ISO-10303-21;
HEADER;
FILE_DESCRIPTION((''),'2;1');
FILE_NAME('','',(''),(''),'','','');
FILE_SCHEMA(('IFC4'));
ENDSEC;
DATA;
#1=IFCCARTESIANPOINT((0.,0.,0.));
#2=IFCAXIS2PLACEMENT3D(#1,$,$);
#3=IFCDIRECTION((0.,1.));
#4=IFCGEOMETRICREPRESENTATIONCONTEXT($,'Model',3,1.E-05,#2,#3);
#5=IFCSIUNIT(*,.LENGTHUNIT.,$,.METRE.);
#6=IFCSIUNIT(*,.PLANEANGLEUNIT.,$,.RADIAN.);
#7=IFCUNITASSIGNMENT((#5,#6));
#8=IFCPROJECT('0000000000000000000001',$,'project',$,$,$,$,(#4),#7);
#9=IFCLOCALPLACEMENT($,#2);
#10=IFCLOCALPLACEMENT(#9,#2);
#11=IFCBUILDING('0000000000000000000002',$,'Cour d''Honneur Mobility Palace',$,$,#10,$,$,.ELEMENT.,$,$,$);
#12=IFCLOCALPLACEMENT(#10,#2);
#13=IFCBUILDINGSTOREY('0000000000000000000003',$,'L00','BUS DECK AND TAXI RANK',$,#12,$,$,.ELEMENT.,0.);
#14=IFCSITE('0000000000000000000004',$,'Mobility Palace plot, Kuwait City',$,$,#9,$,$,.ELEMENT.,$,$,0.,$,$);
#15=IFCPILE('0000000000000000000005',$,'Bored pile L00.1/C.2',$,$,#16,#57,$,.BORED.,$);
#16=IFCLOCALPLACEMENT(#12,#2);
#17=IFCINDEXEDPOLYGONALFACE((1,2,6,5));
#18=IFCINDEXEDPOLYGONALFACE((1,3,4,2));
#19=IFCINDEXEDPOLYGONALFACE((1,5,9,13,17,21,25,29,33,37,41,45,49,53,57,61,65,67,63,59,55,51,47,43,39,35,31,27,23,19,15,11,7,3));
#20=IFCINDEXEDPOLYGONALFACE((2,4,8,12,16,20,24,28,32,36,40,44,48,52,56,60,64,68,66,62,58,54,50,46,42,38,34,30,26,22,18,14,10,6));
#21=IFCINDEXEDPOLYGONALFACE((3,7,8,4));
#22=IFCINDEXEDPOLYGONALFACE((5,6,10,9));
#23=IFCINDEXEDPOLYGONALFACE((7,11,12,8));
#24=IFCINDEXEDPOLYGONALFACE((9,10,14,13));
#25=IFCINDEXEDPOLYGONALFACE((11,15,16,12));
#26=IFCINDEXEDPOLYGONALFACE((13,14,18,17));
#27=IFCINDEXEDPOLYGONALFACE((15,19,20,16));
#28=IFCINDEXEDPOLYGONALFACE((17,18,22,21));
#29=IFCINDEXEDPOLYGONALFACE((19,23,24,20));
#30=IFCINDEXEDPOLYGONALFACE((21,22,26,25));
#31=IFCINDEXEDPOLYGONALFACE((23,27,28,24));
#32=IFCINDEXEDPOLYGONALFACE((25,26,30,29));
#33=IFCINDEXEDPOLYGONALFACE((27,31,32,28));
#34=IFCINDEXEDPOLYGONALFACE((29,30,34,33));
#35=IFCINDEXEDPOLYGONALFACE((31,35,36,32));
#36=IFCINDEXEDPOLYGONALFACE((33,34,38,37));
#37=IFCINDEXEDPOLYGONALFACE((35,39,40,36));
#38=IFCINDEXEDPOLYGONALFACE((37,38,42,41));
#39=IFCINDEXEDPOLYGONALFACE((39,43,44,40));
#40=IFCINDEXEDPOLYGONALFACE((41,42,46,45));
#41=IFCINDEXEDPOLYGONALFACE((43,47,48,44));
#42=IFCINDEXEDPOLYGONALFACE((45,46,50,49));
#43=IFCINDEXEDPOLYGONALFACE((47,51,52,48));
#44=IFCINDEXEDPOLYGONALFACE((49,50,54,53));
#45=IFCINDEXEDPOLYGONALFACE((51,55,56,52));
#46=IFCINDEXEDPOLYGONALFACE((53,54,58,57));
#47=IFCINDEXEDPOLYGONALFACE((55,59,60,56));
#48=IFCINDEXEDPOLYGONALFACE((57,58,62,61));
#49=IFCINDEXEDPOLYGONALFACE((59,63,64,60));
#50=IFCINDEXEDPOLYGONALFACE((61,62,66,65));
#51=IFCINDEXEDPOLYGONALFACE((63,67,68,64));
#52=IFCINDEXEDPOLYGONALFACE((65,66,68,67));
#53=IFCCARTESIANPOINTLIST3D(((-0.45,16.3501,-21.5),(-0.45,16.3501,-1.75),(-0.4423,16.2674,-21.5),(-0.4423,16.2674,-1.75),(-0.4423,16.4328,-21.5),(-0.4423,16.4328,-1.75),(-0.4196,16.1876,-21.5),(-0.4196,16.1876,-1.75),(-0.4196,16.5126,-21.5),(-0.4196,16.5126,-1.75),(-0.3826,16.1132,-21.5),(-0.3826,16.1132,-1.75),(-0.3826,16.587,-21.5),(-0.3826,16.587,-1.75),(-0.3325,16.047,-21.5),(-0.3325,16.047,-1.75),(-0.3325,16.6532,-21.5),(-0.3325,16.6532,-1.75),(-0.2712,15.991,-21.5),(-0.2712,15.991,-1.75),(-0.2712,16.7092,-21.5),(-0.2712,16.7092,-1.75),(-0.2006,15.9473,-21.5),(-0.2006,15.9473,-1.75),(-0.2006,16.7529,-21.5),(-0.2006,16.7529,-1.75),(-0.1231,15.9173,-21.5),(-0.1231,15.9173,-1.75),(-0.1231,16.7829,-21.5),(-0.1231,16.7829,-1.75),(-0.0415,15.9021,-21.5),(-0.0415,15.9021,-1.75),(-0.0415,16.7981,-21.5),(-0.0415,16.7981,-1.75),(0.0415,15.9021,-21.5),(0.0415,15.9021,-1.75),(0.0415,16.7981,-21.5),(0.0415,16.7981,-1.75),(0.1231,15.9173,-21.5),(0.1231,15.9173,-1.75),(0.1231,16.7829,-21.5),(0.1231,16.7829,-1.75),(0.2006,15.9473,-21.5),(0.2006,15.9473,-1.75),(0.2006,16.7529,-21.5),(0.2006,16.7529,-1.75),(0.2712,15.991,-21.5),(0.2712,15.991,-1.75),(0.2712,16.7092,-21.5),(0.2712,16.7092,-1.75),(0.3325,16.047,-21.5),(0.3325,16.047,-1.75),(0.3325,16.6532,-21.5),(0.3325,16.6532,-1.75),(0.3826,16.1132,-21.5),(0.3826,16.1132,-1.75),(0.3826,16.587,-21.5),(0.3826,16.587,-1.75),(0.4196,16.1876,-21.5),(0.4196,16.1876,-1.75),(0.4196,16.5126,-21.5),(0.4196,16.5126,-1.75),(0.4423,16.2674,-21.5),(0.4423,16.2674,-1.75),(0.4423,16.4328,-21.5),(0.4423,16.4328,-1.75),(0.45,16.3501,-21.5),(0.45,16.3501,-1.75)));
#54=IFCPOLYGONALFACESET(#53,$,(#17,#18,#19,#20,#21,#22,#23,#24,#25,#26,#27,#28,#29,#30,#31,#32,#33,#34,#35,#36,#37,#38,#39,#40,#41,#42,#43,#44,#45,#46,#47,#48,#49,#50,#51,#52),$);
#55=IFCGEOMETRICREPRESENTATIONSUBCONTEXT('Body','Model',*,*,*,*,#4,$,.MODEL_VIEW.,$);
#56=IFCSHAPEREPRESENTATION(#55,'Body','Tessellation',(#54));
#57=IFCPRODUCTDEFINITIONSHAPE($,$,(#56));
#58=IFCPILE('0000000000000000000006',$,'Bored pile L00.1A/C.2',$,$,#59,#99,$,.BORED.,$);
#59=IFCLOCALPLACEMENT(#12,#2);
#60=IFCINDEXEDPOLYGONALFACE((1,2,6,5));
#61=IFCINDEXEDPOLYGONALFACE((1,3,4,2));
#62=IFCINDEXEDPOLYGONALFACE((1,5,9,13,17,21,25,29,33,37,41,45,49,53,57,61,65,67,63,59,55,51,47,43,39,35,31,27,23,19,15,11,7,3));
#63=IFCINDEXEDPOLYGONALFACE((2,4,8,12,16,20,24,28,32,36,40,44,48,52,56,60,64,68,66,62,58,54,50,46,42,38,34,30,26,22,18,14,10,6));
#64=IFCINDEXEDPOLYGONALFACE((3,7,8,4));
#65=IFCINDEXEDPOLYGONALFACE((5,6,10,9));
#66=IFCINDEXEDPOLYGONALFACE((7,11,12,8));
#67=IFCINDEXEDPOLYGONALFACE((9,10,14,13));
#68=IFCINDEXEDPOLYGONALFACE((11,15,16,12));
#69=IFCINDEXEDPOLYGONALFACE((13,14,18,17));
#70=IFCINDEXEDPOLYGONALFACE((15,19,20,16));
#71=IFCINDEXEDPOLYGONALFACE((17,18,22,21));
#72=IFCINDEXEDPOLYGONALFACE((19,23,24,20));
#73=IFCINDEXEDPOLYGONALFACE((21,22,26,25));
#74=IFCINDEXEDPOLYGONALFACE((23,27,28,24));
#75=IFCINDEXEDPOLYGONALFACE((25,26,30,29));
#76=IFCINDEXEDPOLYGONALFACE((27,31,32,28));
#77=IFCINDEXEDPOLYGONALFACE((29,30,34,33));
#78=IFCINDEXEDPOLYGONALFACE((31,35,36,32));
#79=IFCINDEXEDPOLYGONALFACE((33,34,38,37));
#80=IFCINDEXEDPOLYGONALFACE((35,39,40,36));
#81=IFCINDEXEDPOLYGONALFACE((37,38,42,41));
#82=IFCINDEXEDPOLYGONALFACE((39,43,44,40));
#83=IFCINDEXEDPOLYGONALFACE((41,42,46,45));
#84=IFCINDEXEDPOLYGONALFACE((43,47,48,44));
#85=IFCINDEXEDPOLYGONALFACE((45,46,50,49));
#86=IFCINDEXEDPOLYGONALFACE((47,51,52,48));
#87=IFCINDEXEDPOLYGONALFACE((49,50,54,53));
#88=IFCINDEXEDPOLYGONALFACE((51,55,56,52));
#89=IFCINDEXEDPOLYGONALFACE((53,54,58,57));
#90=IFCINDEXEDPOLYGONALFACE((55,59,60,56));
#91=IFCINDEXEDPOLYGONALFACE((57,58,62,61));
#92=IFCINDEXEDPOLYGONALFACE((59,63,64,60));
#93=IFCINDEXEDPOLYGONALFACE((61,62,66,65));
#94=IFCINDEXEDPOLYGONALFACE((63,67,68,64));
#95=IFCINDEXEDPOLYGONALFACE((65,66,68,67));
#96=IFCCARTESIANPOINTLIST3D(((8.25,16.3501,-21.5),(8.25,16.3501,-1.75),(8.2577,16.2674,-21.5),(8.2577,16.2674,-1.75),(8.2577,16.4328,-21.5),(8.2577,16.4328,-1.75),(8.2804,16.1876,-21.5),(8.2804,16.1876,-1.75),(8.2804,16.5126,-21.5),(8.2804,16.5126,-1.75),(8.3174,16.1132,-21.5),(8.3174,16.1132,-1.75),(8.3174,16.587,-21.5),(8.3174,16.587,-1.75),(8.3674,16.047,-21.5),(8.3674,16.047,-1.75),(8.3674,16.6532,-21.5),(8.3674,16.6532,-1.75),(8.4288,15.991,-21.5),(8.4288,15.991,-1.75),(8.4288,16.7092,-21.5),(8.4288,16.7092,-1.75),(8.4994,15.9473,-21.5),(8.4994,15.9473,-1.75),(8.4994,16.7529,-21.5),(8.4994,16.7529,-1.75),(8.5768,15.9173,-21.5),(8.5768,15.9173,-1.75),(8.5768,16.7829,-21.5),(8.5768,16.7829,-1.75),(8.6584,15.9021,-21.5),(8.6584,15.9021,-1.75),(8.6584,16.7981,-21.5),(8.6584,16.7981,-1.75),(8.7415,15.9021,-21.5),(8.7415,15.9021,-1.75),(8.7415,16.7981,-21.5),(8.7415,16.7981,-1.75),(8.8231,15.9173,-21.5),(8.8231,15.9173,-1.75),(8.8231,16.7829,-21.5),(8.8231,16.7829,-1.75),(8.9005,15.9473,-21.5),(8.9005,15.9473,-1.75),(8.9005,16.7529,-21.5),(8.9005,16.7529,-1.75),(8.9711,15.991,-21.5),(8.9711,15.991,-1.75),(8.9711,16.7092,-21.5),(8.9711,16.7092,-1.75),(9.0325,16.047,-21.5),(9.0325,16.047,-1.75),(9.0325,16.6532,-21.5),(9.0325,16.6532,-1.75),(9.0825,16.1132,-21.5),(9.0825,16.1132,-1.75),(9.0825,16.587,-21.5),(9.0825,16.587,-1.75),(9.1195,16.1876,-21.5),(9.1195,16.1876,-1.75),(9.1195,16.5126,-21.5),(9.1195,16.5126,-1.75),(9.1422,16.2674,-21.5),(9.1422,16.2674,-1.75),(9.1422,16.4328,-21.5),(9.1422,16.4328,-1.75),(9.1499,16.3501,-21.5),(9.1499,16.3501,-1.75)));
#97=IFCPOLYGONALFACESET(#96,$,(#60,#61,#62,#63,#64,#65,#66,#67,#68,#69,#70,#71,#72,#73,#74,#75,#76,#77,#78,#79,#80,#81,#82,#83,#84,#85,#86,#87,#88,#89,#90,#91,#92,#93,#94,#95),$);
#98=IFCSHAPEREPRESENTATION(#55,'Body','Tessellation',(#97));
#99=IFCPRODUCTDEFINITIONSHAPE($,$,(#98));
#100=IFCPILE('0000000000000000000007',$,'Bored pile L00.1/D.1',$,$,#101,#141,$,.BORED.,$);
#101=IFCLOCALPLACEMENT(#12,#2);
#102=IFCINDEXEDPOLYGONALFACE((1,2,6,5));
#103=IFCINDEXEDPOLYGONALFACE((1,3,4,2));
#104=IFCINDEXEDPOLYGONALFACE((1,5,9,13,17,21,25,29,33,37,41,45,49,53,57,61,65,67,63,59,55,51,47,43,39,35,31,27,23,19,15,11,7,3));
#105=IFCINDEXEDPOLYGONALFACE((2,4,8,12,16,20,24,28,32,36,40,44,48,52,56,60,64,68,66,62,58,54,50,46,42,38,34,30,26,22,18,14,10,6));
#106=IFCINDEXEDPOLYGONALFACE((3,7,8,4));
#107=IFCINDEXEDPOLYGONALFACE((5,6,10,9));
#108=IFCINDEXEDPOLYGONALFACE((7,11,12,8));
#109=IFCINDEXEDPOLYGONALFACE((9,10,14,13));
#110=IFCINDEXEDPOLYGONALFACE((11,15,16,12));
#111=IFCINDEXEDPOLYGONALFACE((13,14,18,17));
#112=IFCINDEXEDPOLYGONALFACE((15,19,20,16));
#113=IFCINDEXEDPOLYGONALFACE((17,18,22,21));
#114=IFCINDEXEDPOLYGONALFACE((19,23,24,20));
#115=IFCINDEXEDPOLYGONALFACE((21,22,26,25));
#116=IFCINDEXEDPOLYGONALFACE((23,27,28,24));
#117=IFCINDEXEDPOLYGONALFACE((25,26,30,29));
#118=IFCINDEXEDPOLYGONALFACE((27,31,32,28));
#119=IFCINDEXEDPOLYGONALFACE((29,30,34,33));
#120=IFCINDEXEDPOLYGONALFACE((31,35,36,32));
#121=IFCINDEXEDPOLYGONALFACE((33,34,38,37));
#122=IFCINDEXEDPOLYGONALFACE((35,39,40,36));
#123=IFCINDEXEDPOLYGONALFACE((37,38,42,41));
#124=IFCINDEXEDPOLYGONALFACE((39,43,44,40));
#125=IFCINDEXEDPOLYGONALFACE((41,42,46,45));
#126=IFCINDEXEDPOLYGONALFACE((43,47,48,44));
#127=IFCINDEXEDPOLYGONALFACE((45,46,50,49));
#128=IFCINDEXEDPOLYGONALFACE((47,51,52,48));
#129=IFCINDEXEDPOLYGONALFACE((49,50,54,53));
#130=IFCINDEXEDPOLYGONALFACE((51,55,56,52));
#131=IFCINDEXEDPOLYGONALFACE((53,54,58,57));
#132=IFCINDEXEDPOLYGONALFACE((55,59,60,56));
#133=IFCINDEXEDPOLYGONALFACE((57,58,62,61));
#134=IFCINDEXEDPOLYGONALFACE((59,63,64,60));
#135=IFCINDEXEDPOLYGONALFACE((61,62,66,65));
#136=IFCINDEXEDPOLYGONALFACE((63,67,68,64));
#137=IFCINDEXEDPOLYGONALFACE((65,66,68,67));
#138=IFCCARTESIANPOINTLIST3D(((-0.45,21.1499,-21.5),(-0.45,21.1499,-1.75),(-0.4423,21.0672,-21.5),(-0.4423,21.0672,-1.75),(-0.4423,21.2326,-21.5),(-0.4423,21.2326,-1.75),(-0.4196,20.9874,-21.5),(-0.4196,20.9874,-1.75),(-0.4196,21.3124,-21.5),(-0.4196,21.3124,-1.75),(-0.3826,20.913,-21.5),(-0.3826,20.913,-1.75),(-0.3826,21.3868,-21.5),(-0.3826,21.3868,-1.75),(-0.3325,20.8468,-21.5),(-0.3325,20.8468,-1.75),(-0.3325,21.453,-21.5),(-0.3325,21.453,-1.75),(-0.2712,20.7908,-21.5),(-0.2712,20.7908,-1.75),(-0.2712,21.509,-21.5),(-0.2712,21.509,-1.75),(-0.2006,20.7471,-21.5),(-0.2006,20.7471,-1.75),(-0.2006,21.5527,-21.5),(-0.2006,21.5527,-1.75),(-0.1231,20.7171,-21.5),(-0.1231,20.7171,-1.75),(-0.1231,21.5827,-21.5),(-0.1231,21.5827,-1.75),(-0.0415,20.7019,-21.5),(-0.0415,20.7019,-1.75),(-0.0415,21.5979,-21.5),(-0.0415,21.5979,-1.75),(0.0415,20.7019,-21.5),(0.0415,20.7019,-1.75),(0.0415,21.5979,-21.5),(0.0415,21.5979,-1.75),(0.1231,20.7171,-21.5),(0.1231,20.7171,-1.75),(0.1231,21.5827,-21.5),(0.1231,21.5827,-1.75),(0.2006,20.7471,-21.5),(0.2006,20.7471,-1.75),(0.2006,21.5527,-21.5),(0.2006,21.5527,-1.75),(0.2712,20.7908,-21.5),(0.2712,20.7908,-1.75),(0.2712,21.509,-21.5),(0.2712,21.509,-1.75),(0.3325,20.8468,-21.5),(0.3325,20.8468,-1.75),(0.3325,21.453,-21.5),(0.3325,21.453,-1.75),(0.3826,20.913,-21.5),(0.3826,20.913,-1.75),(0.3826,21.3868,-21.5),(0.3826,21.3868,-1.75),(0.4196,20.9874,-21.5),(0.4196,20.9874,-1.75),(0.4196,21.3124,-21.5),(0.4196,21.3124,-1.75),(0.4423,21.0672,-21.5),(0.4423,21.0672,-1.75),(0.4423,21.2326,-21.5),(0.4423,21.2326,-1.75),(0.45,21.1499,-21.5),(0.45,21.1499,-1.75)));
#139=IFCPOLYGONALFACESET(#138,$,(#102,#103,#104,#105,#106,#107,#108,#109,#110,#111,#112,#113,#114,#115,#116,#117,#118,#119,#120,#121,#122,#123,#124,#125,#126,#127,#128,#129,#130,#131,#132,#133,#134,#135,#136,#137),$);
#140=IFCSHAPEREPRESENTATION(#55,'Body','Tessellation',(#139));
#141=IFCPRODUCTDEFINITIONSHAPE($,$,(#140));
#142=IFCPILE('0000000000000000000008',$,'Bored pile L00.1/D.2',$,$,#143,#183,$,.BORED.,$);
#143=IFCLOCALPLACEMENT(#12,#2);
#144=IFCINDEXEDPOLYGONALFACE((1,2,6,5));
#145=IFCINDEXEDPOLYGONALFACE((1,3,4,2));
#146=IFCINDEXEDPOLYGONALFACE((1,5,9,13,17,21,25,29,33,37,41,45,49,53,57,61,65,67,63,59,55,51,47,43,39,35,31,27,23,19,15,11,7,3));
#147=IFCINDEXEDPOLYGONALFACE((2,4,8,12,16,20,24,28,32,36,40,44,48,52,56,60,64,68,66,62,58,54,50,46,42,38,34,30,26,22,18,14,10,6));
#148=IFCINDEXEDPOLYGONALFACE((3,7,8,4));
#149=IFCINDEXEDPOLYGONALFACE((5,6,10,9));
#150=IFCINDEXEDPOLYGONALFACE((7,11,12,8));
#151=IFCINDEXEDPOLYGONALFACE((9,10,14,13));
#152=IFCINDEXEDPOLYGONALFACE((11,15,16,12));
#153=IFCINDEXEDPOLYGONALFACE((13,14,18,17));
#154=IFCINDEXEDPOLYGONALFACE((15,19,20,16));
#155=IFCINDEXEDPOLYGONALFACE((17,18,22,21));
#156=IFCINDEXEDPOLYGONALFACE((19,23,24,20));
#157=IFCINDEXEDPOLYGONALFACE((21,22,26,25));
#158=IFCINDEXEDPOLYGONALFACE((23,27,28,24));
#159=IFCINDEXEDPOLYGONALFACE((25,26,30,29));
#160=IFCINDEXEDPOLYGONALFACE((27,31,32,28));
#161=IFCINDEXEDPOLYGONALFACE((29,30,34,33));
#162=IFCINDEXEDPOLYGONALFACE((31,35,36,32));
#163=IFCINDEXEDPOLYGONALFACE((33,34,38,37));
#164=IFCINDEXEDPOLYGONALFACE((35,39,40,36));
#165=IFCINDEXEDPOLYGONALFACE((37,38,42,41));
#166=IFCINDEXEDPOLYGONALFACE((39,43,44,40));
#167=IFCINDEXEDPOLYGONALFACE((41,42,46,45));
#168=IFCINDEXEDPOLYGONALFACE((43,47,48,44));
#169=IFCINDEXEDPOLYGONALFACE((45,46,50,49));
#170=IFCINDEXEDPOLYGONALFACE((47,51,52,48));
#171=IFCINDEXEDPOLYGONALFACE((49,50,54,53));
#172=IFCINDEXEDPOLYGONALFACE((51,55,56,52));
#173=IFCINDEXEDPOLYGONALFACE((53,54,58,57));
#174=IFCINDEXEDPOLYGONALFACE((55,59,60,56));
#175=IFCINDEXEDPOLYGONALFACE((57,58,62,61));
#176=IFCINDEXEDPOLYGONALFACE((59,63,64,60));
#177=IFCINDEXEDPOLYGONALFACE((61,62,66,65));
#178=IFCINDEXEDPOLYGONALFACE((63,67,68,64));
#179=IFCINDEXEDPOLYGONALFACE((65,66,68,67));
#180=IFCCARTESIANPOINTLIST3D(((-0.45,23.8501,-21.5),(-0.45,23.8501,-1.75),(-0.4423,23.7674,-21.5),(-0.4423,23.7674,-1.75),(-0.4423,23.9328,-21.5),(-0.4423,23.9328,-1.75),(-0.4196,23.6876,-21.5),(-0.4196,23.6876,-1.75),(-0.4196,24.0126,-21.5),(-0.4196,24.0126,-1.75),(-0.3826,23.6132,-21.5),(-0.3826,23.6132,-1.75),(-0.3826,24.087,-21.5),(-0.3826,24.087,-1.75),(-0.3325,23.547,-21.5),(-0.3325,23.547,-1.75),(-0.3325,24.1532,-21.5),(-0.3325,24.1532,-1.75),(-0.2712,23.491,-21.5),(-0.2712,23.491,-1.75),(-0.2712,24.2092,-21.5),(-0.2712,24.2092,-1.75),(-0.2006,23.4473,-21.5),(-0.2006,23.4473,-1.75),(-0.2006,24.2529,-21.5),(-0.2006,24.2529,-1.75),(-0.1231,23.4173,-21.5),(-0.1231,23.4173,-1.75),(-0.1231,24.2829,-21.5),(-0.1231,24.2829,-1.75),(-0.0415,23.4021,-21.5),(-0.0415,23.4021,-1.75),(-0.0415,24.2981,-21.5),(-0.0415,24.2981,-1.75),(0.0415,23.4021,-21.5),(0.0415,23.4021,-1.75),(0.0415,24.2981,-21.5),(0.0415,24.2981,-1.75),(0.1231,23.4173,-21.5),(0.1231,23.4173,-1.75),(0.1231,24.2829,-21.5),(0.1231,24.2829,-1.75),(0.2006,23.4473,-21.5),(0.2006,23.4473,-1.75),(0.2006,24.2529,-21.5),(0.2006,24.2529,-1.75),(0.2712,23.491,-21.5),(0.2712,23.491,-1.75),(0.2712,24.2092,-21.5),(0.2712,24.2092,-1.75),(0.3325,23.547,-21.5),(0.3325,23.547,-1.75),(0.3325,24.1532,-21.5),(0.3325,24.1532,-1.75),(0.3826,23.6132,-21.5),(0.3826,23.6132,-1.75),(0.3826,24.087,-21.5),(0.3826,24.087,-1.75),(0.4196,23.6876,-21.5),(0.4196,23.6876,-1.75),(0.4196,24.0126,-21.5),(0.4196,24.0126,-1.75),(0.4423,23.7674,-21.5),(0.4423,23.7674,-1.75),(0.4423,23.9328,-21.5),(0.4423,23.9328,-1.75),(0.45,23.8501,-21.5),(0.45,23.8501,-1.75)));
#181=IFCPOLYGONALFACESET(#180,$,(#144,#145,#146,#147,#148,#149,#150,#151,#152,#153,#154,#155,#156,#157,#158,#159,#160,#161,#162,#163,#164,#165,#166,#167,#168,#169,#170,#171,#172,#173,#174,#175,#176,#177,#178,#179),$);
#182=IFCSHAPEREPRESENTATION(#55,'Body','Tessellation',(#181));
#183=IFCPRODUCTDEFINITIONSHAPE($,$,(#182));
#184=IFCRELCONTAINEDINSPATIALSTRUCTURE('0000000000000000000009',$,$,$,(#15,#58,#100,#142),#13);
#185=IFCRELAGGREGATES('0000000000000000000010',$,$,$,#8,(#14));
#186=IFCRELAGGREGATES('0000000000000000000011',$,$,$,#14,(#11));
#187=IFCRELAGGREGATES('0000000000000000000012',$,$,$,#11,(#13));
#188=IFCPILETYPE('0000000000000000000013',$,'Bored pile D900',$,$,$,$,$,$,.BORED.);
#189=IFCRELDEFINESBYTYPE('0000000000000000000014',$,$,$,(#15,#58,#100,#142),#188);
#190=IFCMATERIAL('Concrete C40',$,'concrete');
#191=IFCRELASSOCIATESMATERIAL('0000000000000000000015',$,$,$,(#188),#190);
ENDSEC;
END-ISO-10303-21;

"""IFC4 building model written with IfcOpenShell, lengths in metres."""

from ifc_helpers import new_model, si_unit, direction, frame, origin, origin_2d, place, context, subcontext, project, spatial, circle, extrude, material, material_profile, profile_set, type_object, element, save


model = new_model("IFC4")

# Units and contexts
model_context = context("Model", 3, precision=1e-05, world=origin(), true_north=direction((0.0, 1.0)))
body_context = subcontext(model_context, "Body", "Model", "MODEL_VIEW")
ifc_project = project(units=[si_unit("LENGTHUNIT", "METRE"), si_unit("PLANEANGLEUNIT", "RADIAN")], contexts=[model_context])

# Site, building, storey
site_placement = place(None, origin())
site = spatial("IfcSite", under=ifc_project, at=site_placement, Name="Mobility Palace plot, Kuwait City", CompositionType="ELEMENT", RefElevation=0.0)
building_placement = place(site_placement, origin())
building = spatial("IfcBuilding", under=site, at=building_placement, Name="Cour d'Honneur Mobility Palace", CompositionType="ELEMENT")
storey_placement = place(building_placement, origin())
storey = spatial("IfcBuildingStorey", under=building, at=storey_placement, Name="L00", Description="BUS DECK AND TAXI RANK", CompositionType="ELEMENT", Elevation=0.0)

# Piles
ifc_material_1 = material(Name="Concrete C40", Category="concrete")
ifc_material_profile_1 = material_profile(ifc_material_1, circle(Radius=0.45, at=origin_2d()), Name="Bored pile D900")
ifc_profile_set_1 = profile_set([ifc_material_profile_1], Name="Concrete C40")
pile_type = type_object("IfcPileType", Name="Bored pile D900", PredefinedType="BORED", material=ifc_profile_set_1)
for number, where, z_axis, x_axis, name in (
    (1, (0.0, 16.3501, -1.75), (0.0, 0.0, -1.0), (1.0, 0.0, 0.0), "Bored pile L00.1/C.2"),
    (2, (8.7, 16.3501, -1.75), (0.0, 0.0, -1.0), (1.0, 0.0, 0.0), "Bored pile L00.1A/C.2"),
    (3, (0.0, 21.1499, -1.75), (0.0, 0.0, -1.0), (1.0, 0.0, 0.0), "Bored pile L00.1/D.1"),
    (4, (0.0, 23.8501, -1.75), (0.0, 0.0, -1.0), (1.0, 0.0, 0.0), "Bored pile L00.1/D.2"),
):
    element("IfcPile", number, at=place(storey_placement, frame(where, z_axis=z_axis, x_axis=x_axis)), inside=storey, type_object=pile_type, Name=name, PredefinedType="BORED", context=body_context, shape_type="SweptSolid", body=[
        extrude(circle(Radius=0.45, at=origin_2d()), origin(), (0.0, 0.0, 1.0), 19.75),
    ])

save(model, "model.ifc")
